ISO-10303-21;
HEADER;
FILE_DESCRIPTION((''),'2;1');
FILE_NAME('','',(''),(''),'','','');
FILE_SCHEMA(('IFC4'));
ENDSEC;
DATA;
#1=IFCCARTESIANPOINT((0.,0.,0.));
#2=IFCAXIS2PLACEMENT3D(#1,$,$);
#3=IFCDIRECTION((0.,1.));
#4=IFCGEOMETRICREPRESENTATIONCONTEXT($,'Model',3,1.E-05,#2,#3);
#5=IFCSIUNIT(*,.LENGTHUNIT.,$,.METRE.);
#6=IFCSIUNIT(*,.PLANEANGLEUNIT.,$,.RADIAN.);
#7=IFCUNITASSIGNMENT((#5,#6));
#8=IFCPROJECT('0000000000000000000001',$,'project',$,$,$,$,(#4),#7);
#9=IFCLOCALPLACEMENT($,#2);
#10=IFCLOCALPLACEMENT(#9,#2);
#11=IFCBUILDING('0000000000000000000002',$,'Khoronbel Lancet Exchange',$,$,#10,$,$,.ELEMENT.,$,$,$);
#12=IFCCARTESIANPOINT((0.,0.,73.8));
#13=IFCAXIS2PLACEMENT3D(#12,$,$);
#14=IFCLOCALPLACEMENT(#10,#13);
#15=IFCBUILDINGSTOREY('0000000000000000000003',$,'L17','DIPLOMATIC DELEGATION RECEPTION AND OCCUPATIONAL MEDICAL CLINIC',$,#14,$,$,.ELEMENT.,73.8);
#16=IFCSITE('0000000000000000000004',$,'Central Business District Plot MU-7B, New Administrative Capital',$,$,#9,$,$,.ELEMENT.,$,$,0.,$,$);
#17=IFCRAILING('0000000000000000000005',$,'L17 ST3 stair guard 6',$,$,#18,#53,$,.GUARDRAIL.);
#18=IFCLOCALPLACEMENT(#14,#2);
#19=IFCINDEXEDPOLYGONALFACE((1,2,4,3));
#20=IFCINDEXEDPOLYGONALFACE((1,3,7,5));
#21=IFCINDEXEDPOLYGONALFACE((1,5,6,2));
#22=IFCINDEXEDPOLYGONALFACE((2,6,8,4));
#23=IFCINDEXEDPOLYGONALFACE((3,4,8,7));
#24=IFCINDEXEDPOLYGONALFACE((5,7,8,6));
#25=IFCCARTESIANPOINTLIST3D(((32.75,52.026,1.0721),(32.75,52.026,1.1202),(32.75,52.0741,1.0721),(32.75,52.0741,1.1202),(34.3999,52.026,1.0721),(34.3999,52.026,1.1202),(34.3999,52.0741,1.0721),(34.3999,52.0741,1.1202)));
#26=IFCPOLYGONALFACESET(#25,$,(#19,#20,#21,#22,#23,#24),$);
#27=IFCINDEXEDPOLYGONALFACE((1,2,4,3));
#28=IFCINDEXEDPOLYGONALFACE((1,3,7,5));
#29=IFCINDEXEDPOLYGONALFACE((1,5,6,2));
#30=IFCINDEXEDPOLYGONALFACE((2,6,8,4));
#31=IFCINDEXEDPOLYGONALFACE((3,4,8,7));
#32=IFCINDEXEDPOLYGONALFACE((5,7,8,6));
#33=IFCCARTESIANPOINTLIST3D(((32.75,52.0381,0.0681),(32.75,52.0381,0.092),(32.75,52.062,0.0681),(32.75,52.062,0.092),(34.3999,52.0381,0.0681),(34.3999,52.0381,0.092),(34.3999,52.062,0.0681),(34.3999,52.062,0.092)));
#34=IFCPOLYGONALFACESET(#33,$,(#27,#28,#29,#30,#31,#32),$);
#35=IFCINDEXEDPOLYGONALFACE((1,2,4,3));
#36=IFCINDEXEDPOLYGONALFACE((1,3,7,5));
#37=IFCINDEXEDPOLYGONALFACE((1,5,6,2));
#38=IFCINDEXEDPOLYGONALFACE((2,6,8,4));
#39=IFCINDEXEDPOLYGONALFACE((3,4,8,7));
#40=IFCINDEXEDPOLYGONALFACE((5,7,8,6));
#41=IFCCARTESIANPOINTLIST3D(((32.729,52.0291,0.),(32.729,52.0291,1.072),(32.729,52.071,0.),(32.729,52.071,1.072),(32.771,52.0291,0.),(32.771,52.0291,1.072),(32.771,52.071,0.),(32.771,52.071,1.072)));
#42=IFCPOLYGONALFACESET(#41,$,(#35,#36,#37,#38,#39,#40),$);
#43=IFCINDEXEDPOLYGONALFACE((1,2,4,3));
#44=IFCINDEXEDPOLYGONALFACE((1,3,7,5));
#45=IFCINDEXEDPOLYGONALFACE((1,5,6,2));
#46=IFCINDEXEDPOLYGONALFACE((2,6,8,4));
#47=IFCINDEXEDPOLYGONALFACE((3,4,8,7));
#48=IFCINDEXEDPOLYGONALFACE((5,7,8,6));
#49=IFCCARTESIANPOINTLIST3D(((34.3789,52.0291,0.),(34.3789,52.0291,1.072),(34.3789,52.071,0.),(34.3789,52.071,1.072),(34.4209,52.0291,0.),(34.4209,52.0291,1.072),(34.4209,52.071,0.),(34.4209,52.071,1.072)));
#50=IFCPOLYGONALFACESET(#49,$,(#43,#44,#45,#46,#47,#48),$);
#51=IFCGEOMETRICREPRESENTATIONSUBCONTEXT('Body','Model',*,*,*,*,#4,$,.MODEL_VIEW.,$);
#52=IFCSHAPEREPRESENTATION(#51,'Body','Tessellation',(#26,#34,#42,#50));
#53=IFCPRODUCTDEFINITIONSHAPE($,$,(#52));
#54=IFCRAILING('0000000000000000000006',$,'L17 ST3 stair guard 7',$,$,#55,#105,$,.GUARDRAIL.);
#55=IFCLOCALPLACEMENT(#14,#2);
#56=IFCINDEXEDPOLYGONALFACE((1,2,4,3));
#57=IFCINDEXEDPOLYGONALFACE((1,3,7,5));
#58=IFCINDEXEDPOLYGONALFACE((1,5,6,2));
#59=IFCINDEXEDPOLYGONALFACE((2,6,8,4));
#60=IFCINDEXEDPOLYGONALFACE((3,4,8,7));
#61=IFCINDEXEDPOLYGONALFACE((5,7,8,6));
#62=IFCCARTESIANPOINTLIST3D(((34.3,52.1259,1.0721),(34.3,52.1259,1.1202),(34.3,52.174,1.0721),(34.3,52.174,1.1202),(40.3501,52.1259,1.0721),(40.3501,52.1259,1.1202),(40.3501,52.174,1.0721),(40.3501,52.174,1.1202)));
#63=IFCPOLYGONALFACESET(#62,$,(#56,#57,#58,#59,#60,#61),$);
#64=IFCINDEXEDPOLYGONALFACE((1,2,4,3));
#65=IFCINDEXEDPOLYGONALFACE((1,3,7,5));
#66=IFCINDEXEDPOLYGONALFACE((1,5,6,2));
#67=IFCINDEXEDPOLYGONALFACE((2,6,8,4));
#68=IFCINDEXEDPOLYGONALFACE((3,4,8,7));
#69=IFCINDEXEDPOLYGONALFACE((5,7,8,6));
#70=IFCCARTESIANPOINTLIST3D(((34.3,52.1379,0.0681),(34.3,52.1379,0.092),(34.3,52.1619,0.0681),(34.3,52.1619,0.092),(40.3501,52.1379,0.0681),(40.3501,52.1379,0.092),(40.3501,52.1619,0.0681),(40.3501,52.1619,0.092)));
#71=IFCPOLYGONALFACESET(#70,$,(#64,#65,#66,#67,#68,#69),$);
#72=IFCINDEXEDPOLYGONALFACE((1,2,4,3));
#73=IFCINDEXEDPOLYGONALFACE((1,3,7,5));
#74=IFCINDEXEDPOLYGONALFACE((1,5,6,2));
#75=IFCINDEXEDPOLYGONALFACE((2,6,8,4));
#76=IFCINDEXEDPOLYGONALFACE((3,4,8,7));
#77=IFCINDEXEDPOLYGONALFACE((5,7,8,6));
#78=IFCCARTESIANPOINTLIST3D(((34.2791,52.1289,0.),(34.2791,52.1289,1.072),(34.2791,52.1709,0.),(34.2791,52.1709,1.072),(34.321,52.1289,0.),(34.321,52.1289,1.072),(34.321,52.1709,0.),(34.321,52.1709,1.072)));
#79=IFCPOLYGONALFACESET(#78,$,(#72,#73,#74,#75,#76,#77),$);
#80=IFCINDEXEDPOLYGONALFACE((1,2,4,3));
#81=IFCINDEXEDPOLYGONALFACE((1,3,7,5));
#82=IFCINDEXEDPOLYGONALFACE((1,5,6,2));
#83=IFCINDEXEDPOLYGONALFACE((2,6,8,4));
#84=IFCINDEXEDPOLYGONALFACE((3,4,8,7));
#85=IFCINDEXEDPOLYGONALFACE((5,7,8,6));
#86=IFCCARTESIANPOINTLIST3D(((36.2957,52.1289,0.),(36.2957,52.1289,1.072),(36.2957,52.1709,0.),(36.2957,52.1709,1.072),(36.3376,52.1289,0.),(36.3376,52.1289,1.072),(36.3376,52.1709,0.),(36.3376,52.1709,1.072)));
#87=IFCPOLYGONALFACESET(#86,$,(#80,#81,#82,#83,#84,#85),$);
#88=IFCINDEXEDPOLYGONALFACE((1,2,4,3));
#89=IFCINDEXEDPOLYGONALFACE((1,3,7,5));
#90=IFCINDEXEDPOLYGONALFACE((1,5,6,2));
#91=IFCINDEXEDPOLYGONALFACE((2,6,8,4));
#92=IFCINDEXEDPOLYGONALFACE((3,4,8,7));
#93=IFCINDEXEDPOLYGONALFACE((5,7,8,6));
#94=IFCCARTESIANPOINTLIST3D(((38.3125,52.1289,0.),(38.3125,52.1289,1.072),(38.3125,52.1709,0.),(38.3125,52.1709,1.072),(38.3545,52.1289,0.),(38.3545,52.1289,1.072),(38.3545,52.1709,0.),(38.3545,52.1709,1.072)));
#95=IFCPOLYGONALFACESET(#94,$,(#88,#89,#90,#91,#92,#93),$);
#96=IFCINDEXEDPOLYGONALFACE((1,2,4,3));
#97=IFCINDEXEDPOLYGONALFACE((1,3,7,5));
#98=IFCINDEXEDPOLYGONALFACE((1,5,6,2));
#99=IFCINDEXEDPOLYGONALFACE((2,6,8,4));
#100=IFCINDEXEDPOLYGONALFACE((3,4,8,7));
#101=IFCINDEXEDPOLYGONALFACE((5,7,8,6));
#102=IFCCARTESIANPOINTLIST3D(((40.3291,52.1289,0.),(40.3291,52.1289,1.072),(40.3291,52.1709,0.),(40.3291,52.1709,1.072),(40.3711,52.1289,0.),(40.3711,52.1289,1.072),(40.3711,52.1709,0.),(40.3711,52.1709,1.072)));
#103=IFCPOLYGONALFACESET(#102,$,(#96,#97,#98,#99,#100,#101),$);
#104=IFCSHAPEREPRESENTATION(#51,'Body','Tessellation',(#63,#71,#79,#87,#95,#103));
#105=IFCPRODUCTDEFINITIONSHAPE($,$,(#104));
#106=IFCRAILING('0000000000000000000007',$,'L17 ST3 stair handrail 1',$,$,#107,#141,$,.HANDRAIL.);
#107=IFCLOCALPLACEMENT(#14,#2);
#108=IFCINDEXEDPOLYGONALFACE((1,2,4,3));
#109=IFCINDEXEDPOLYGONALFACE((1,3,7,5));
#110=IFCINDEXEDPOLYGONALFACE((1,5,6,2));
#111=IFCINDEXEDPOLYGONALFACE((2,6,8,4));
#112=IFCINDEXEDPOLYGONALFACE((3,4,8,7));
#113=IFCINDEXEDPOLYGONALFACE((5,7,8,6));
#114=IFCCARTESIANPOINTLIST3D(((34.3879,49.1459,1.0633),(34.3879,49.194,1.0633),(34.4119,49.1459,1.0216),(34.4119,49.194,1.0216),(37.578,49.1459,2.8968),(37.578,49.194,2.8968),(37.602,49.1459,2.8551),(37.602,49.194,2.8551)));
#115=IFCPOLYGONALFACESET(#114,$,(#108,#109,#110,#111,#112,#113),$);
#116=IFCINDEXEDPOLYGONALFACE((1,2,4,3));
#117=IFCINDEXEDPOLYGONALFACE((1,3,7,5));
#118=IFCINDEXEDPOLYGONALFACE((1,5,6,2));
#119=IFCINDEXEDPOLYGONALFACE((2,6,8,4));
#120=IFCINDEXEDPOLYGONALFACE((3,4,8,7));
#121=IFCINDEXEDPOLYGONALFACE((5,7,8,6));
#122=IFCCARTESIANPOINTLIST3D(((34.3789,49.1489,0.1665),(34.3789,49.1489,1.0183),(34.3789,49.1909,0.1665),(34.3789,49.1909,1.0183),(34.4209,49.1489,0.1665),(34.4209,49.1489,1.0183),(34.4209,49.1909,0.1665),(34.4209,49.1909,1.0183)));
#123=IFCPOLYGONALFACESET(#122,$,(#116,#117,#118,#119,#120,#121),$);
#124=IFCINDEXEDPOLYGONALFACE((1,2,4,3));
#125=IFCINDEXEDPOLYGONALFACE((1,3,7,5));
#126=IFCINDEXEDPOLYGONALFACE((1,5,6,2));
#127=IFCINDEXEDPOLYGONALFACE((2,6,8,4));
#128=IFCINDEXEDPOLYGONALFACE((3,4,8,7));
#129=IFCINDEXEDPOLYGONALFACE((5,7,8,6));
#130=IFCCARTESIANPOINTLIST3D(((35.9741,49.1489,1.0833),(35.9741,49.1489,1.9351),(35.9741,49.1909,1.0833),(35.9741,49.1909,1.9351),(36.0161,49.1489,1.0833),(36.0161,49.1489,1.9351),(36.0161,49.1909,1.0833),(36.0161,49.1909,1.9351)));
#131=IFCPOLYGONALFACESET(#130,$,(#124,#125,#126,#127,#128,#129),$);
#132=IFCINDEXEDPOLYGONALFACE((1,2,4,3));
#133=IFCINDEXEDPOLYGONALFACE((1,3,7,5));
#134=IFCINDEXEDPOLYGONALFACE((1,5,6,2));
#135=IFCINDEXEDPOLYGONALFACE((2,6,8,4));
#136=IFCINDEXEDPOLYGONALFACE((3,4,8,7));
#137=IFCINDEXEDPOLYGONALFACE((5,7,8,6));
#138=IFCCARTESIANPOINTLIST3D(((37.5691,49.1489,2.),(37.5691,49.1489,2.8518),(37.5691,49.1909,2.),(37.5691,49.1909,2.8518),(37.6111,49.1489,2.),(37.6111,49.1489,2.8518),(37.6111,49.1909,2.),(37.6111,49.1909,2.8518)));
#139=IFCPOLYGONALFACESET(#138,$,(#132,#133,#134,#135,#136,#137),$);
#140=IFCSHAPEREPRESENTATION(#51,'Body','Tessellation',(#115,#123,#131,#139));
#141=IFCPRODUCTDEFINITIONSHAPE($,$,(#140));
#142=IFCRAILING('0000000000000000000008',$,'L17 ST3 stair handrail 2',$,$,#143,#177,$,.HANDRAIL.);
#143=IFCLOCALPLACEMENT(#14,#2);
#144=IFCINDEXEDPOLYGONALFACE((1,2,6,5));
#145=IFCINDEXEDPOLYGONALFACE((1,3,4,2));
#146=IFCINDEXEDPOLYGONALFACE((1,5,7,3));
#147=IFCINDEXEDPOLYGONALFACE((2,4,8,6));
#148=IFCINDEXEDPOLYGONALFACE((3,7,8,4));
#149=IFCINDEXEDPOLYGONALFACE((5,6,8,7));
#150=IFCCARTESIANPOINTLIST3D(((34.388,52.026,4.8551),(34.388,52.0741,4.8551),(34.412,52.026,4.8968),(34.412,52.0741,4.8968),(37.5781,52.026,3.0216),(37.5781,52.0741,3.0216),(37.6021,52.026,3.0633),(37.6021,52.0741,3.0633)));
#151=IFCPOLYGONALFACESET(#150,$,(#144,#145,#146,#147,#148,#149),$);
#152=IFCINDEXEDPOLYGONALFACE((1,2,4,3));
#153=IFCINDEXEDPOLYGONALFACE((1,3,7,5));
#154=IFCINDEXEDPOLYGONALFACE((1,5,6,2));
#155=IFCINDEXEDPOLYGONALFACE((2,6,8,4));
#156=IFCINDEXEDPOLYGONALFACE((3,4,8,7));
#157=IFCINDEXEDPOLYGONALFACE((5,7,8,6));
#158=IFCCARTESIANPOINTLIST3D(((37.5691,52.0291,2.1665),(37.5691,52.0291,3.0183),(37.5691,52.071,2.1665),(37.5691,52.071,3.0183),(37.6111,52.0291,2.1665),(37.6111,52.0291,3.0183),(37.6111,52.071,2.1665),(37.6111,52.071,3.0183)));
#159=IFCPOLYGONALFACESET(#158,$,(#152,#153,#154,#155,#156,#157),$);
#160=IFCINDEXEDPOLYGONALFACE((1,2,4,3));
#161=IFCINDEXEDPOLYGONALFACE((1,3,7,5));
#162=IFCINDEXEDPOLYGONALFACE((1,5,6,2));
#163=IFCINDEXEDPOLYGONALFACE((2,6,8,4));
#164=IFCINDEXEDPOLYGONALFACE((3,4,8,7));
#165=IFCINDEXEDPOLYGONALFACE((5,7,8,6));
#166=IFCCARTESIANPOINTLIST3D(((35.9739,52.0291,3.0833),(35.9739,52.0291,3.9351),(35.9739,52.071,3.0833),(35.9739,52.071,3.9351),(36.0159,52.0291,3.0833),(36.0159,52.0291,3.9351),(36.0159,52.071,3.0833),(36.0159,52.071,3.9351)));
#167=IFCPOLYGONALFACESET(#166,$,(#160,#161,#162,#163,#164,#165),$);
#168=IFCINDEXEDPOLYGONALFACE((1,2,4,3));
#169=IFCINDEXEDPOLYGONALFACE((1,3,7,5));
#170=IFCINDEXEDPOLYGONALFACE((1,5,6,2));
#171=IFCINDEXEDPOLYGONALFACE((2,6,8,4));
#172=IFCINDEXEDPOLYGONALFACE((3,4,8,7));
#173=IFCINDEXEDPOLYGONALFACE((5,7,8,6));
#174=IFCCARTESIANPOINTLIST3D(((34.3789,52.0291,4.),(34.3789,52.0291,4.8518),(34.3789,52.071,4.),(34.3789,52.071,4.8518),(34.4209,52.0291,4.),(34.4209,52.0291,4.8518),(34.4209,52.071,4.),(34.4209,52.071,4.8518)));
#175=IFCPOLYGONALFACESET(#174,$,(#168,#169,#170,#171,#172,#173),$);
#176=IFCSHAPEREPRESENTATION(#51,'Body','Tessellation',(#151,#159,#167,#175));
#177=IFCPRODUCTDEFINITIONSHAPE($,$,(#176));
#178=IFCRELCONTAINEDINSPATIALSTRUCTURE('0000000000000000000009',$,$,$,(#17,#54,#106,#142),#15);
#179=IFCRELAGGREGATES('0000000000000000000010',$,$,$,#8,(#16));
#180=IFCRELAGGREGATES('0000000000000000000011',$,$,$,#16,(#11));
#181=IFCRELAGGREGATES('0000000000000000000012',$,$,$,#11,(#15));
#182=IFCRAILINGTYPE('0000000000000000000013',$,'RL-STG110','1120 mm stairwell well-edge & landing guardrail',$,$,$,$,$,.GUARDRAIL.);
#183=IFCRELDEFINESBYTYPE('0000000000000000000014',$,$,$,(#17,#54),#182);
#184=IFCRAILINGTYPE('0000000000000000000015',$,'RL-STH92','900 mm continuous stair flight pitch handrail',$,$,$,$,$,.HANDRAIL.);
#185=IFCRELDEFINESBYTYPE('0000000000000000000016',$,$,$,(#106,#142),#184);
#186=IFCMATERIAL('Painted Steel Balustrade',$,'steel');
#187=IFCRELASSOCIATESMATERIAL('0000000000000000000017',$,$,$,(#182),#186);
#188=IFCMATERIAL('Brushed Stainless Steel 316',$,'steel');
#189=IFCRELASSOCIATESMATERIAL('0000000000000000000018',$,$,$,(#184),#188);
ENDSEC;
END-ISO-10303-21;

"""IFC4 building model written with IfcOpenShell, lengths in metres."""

from ifc_helpers import new_model, si_unit, direction, frame, origin, origin_2d, place, context, subcontext, project, spatial, rectangle, extrude, material, type_object, element, save


model = new_model("IFC4")

# Units and contexts
model_context = context("Model", 3, precision=1e-05, world=origin(), true_north=direction((0.0, 1.0)))
body_context = subcontext(model_context, "Body", "Model", "MODEL_VIEW")
ifc_project = project(units=[si_unit("LENGTHUNIT", "METRE"), si_unit("PLANEANGLEUNIT", "RADIAN")], contexts=[model_context])

# Site, building, storey
site_placement = place(None, origin())
site = spatial("IfcSite", under=ifc_project, at=site_placement, Name="Central Business District Plot MU-7B, New Administrative Capital", CompositionType="ELEMENT", RefElevation=0.0)
building_placement = place(site_placement, origin())
building = spatial("IfcBuilding", under=site, at=building_placement, Name="Khoronbel Lancet Exchange", CompositionType="ELEMENT")
storey_placement = place(building_placement, frame((0.0, 0.0, 73.8)))
storey = spatial("IfcBuildingStorey", under=building, at=storey_placement, Name="L17", Description="DIPLOMATIC DELEGATION RECEPTION AND OCCUPATIONAL MEDICAL CLINIC", CompositionType="ELEMENT", Elevation=73.8)

# Railings
ifc_material_1 = material(Name="Painted Steel Balustrade", Category="steel")
railing_type_1 = type_object("IfcRailingType", Name="RL-STG110", Description="1120 mm stairwell well-edge & landing guardrail", PredefinedType="GUARDRAIL", material=ifc_material_1)
railing_1_placement = place(storey_placement, frame((32.75, 52.05, 0.0)))
element("IfcRailing", 1, at=railing_1_placement, inside=storey, type_object=railing_type_1, Name="L17 ST3 stair guard 6", PredefinedType="GUARDRAIL", context=body_context, shape_type="SweptSolid", body=[
    extrude(rectangle(XDim=0.0481, YDim=0.0481, at=origin_2d()), frame((0.0, 0.0, 1.0962), z_axis=(1.0, 0.0, 0.0), x_axis=(0.0, 1.0, 0.0)), (0.0, 0.0, 1.0), 1.6499),
    extrude(rectangle(XDim=0.0239, YDim=0.0239, at=origin_2d()), frame((0.0, 0.0, 0.0801), z_axis=(1.0, 0.0, 0.0), x_axis=(0.0, 1.0, 0.0)), (0.0, 0.0, 1.0), 1.6499),
    extrude(rectangle(XDim=0.042, YDim=0.042, at=origin_2d()), origin(), (0.0, 0.0, 1.0), 1.072),
    extrude(rectangle(XDim=0.042, YDim=0.042, at=origin_2d()), frame((1.6499, 0.0, 0.0)), (0.0, 0.0, 1.0), 1.072),
])
railing_2_placement = place(storey_placement, frame((34.3, 52.1499, 0.0)))
element("IfcRailing", 2, at=railing_2_placement, inside=storey, type_object=railing_type_1, Name="L17 ST3 stair guard 7", PredefinedType="GUARDRAIL", context=body_context, shape_type="SweptSolid", body=[
    extrude(rectangle(XDim=0.0481, YDim=0.0481, at=origin_2d()), frame((0.0, 0.0, 1.0962), z_axis=(1.0, 0.0, 0.0), x_axis=(0.0, 1.0, 0.0)), (0.0, 0.0, 1.0), 6.05),
    extrude(rectangle(XDim=0.0239, YDim=0.0239, at=origin_2d()), frame((0.0, 0.0, 0.0801), z_axis=(1.0, 0.0, 0.0), x_axis=(0.0, 1.0, 0.0)), (0.0, 0.0, 1.0), 6.05),
    extrude(rectangle(XDim=0.042, YDim=0.042, at=origin_2d()), origin(), (0.0, 0.0, 1.0), 1.072),
    extrude(rectangle(XDim=0.042, YDim=0.042, at=origin_2d()), frame((2.0166, 0.0, 0.0)), (0.0, 0.0, 1.0), 1.072),
    extrude(rectangle(XDim=0.042, YDim=0.042, at=origin_2d()), frame((4.0334, 0.0, 0.0)), (0.0, 0.0, 1.0), 1.072),
    extrude(rectangle(XDim=0.042, YDim=0.042, at=origin_2d()), frame((6.05, 0.0, 0.0)), (0.0, 0.0, 1.0), 1.072),
])
ifc_material_2 = material(Name="Brushed Stainless Steel 316", Category="steel")
railing_type_2 = type_object("IfcRailingType", Name="RL-STH92", Description="900 mm continuous stair flight pitch handrail", PredefinedType="HANDRAIL", material=ifc_material_2)
railing_3_placement = place(storey_placement, frame((34.3999, 49.1699, 0.1665)))
element("IfcRailing", 3, at=railing_3_placement, inside=storey, type_object=railing_type_2, Name="L17 ST3 stair handrail 1", PredefinedType="HANDRAIL", context=body_context, shape_type="SweptSolid", body=[
    extrude(rectangle(XDim=0.0481, YDim=0.0481, at=origin_2d()), frame((0.0, 0.0, 0.876), z_axis=(0.867007, 0.0, 0.498295), x_axis=(0.0, 1.0, 0.0)), (0.0, 0.0, 1.0), 3.6794),
    extrude(rectangle(XDim=0.042, YDim=0.042, at=origin_2d()), origin(), (0.0, 0.0, 1.0), 0.8518),
    extrude(rectangle(XDim=0.042, YDim=0.042, at=origin_2d()), frame((1.5952, 0.0, 0.9167)), (0.0, 0.0, 1.0), 0.8518),
    extrude(rectangle(XDim=0.042, YDim=0.042, at=origin_2d()), frame((3.1902, 0.0, 1.8335)), (0.0, 0.0, 1.0), 0.8518),
])
railing_4_placement = place(storey_placement, frame((37.5901, 52.05, 2.1665)))
element("IfcRailing", 4, at=railing_4_placement, inside=storey, type_object=railing_type_2, Name="L17 ST3 stair handrail 2", PredefinedType="HANDRAIL", context=body_context, shape_type="SweptSolid", body=[
    extrude(rectangle(XDim=0.0481, YDim=0.0481, at=origin_2d()), frame((0.0, 0.0, 0.876), z_axis=(-0.867007, 0.0, 0.498295), x_axis=(0.0, -1.0, 0.0)), (0.0, 0.0, 1.0), 3.6794),
    extrude(rectangle(XDim=0.042, YDim=0.042, at=origin_2d()), origin(), (0.0, 0.0, 1.0), 0.8518),
    extrude(rectangle(XDim=0.042, YDim=0.042, at=origin_2d()), frame((-1.5952, 0.0, 0.9167)), (0.0, 0.0, 1.0), 0.8518),
    extrude(rectangle(XDim=0.042, YDim=0.042, at=origin_2d()), frame((-3.1902, 0.0, 1.8335)), (0.0, 0.0, 1.0), 0.8518),
])

save(model, "model.ifc")
